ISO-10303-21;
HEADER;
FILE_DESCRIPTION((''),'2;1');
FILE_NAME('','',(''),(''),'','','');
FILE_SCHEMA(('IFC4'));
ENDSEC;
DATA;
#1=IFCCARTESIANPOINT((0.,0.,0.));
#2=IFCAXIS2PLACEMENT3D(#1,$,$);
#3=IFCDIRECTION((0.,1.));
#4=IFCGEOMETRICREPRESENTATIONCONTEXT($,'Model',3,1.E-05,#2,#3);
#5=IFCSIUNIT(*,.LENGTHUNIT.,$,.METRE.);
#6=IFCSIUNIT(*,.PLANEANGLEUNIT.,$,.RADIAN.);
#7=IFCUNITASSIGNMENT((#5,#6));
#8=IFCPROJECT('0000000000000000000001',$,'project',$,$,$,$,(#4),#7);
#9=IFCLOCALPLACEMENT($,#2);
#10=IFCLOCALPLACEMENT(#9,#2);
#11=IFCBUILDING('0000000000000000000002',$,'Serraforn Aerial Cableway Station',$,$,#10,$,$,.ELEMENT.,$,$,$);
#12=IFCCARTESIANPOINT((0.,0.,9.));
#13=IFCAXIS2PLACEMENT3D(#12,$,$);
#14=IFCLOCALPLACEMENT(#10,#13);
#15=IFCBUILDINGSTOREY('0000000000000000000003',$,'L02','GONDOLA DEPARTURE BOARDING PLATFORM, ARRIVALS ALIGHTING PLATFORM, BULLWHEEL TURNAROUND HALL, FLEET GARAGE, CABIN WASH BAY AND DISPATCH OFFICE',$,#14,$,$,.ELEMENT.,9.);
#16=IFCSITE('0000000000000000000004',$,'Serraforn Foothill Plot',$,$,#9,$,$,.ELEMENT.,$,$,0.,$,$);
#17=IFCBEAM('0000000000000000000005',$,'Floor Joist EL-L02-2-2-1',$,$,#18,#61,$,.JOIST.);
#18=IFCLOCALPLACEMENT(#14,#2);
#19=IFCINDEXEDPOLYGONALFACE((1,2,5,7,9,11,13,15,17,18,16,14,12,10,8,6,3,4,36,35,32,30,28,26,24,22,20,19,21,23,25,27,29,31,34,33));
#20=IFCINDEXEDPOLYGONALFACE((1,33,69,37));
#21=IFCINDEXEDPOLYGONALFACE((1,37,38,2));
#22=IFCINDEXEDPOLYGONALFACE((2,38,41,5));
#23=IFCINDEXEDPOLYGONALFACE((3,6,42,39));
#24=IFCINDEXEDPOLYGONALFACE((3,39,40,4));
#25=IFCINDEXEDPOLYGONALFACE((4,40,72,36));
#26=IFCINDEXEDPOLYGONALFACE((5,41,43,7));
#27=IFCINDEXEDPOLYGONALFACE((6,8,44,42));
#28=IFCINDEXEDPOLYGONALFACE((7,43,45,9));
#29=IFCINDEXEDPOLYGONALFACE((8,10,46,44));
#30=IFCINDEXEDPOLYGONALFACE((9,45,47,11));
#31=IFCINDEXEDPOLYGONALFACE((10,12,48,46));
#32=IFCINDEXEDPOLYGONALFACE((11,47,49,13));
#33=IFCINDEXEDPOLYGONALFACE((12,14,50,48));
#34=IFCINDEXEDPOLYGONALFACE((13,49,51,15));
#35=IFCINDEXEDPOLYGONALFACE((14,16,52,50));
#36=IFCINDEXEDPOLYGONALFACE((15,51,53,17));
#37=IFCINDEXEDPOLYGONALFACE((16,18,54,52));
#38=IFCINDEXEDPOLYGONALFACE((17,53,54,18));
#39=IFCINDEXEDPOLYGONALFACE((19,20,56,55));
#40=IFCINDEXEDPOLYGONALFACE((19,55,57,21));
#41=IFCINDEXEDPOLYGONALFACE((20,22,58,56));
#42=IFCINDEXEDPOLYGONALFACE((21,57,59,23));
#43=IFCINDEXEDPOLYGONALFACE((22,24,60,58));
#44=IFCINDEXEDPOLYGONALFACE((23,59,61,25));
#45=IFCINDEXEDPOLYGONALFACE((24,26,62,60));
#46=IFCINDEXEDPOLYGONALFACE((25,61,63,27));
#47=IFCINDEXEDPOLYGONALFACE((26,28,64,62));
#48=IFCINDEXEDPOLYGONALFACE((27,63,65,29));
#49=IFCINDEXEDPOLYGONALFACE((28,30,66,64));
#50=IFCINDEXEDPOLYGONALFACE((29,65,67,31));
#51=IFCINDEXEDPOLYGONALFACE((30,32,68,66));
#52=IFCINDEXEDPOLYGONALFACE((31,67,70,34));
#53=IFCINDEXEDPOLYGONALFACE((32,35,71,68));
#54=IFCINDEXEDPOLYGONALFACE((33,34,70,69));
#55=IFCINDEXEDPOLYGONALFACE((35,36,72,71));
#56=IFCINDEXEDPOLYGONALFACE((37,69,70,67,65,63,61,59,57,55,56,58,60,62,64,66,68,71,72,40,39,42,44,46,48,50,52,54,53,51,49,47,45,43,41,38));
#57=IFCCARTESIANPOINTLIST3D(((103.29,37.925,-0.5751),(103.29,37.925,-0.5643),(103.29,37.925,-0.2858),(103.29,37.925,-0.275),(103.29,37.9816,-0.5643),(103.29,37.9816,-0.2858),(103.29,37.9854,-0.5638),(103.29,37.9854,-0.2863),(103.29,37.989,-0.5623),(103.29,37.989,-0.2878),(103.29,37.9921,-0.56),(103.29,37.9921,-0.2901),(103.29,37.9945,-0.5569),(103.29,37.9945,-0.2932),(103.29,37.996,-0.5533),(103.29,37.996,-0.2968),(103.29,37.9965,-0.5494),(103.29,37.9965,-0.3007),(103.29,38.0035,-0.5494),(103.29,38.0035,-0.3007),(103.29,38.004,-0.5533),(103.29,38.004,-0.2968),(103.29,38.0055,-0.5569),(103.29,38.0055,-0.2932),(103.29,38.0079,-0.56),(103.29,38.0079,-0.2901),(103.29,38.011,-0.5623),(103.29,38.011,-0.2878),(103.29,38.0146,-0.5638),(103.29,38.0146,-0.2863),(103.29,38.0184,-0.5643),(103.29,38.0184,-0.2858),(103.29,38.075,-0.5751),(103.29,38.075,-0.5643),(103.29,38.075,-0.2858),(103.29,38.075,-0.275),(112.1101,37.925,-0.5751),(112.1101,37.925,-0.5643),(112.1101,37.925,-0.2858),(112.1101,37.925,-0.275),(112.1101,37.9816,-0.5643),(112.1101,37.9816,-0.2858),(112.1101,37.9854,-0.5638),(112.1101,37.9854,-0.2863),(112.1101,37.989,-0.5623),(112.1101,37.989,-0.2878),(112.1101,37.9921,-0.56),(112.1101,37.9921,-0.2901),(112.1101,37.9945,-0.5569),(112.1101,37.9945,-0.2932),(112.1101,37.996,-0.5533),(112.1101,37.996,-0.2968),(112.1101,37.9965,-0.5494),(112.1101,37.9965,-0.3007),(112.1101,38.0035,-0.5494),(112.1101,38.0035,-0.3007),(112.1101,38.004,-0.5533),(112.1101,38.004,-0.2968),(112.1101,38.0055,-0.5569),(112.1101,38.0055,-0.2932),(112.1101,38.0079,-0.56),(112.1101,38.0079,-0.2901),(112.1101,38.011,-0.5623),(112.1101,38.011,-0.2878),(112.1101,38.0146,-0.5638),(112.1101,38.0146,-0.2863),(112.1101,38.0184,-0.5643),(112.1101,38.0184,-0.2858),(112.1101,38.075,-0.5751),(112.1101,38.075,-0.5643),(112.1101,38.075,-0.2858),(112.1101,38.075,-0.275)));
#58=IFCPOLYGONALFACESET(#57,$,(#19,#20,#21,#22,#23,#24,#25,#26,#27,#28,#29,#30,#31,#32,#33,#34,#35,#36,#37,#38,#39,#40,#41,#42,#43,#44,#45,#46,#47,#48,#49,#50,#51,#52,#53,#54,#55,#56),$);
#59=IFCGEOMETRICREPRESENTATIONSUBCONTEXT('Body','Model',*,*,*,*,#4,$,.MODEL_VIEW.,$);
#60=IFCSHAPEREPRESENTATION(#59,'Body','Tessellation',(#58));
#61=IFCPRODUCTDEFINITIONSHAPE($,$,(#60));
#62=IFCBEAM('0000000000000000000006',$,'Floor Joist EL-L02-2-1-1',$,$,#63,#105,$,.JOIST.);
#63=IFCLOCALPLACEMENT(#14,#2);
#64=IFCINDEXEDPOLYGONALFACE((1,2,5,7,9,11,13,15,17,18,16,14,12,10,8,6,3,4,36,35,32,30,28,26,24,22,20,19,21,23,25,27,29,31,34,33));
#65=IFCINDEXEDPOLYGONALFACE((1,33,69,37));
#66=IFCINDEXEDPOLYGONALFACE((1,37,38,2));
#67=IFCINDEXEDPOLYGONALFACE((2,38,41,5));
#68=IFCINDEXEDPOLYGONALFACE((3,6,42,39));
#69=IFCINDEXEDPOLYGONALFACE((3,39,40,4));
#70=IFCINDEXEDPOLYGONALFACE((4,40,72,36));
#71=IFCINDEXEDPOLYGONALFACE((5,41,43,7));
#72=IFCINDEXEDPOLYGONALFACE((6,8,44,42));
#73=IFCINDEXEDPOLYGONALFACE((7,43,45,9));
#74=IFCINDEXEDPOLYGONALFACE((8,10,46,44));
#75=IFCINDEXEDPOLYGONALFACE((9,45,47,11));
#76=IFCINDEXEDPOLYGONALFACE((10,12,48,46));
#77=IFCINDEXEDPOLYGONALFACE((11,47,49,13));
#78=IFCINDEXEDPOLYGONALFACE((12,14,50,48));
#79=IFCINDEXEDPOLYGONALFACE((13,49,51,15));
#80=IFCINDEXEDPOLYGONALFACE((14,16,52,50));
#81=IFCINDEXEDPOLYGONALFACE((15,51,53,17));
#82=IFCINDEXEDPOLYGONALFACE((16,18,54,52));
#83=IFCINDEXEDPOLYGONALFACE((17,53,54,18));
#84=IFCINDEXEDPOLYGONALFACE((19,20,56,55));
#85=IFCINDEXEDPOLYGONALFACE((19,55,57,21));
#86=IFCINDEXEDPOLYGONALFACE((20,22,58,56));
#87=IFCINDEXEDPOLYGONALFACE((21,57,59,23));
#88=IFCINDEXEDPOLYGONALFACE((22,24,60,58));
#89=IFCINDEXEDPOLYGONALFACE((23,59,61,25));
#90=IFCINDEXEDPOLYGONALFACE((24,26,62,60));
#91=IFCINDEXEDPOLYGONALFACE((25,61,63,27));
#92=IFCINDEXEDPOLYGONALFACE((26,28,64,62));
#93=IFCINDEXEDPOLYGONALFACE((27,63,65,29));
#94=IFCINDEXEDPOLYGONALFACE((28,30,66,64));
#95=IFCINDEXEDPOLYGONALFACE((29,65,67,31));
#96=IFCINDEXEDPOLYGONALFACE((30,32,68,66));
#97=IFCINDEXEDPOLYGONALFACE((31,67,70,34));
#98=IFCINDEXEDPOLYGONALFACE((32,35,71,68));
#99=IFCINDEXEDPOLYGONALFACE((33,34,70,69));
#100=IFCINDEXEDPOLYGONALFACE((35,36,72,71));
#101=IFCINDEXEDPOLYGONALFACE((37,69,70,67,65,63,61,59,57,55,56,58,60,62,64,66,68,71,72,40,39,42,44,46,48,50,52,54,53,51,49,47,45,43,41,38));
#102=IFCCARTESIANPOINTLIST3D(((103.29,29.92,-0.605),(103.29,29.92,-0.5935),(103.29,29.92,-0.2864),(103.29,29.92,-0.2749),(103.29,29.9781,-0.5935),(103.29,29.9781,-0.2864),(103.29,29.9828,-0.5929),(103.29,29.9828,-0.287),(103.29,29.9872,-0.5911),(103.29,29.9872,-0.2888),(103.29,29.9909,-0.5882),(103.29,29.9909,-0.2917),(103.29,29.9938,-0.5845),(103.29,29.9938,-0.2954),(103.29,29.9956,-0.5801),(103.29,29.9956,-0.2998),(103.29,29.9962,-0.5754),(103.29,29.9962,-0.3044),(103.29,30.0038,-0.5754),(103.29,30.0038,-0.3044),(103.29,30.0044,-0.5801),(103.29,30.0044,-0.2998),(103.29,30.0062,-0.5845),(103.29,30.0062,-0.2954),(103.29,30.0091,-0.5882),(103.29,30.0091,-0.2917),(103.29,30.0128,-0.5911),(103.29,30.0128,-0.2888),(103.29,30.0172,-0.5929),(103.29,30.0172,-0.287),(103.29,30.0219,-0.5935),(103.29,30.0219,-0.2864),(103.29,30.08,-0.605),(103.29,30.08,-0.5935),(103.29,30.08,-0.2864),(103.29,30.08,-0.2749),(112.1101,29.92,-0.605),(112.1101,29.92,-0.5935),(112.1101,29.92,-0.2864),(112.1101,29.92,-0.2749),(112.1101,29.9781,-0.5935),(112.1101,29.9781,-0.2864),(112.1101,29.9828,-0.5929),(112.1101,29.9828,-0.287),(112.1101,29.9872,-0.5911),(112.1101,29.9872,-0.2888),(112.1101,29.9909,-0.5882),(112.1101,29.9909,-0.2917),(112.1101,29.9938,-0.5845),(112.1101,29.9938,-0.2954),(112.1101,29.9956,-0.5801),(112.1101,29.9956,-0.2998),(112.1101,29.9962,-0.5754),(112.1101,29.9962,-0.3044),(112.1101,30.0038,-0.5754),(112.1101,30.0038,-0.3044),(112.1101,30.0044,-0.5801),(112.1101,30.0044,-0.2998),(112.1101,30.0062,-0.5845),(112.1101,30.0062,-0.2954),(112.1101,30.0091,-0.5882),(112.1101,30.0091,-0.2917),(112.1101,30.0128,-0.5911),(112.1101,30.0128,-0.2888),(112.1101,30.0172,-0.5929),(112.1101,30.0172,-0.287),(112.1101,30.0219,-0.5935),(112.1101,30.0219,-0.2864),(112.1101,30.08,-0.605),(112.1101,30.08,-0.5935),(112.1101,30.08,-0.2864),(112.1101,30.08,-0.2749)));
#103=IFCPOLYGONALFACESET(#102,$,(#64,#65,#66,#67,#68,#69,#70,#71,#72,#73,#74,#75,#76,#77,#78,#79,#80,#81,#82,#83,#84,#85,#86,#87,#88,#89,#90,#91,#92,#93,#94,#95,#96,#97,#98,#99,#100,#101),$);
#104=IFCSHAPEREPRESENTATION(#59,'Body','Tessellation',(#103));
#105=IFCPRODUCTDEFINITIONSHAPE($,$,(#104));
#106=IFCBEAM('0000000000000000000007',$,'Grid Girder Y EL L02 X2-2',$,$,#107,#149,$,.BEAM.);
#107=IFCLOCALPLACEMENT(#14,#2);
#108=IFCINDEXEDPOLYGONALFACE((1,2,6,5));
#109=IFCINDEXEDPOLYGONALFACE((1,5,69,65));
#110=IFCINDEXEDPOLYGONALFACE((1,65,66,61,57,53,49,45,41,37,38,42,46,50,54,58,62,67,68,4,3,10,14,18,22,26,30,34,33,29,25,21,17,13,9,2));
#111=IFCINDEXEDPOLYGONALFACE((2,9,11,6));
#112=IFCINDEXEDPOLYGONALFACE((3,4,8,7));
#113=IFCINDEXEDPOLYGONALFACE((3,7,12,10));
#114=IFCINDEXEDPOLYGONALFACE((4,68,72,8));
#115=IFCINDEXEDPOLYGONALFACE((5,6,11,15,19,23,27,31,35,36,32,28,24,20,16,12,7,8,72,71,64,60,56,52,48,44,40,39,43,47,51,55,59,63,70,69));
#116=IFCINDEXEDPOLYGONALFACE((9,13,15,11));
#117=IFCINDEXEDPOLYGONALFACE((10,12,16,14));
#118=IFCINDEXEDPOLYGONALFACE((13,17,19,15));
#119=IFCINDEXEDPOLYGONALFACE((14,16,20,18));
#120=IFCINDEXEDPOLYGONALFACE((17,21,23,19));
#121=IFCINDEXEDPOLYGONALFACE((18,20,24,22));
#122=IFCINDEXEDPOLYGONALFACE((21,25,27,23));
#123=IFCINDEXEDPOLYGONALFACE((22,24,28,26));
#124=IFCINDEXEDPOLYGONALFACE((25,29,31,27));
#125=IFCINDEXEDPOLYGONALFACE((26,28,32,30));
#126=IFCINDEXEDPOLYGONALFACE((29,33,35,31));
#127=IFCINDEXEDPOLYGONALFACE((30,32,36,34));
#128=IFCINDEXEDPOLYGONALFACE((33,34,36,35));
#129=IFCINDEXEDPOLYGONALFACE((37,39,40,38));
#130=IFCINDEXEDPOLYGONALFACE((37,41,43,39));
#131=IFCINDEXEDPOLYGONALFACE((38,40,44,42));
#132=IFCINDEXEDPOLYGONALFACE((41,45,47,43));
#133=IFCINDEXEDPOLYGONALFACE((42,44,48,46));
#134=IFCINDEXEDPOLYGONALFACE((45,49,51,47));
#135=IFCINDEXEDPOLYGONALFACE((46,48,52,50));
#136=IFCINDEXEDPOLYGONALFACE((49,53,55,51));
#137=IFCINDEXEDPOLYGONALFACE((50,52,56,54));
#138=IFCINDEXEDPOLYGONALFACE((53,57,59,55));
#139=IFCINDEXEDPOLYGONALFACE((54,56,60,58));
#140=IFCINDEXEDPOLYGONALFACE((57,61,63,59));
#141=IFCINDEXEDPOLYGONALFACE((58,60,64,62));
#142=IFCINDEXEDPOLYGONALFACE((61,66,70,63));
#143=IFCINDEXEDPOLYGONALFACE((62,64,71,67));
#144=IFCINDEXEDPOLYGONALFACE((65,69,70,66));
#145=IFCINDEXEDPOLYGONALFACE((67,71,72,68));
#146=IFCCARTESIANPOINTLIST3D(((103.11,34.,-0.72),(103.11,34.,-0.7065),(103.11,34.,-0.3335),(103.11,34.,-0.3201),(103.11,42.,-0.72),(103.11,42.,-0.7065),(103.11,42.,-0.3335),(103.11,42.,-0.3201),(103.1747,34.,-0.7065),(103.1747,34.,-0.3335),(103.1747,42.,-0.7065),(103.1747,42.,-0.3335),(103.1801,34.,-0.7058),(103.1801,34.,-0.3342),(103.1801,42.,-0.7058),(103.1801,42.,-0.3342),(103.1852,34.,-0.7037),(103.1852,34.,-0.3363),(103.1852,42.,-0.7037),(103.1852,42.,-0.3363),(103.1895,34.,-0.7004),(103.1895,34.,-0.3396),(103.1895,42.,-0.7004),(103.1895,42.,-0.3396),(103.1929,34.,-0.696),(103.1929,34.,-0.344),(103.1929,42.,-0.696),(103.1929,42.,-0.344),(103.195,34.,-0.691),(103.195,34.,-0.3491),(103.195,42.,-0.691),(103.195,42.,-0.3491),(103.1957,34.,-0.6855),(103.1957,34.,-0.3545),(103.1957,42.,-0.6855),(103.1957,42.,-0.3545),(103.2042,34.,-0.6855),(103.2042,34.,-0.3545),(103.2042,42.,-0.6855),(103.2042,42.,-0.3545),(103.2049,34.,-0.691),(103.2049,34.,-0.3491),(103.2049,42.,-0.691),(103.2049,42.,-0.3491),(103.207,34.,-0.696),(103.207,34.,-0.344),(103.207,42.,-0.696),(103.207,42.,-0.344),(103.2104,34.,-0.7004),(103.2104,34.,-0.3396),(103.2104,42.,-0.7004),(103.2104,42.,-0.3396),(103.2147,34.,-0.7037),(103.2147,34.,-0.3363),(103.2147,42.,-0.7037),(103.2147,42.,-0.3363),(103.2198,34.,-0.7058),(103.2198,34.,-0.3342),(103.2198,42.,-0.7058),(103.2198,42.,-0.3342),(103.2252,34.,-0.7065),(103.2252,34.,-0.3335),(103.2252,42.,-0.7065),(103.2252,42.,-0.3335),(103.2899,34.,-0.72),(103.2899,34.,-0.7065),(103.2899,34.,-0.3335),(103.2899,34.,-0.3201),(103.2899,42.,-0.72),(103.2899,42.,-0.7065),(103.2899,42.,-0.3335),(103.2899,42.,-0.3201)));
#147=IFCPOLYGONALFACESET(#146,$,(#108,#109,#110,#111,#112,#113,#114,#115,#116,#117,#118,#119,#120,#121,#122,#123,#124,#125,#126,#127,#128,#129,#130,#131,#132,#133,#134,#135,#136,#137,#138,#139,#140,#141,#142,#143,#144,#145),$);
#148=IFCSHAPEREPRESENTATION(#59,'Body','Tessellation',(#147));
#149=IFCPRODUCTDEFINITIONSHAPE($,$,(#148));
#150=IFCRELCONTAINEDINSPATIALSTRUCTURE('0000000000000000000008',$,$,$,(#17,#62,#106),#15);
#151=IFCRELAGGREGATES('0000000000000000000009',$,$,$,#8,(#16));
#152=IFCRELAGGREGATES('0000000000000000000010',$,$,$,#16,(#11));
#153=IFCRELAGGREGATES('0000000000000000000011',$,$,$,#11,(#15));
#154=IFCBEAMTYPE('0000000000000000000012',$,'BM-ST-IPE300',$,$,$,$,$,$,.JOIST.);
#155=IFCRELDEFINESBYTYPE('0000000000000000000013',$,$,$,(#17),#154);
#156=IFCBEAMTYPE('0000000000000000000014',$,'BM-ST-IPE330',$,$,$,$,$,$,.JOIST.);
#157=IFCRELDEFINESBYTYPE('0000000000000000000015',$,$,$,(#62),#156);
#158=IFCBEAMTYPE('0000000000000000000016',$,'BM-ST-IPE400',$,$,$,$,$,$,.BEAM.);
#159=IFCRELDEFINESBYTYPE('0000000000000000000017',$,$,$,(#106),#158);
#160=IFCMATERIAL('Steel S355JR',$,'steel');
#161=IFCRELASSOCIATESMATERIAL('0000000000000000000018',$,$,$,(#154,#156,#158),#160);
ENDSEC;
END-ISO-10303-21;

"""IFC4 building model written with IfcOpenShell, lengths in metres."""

from ifc_helpers import new_model, si_unit, direction, frame, origin, origin_2d, place, context, subcontext, project, spatial, i_section, extrude, material, material_profile, profile_set, type_object, element, save


model = new_model("IFC4")

# Units and contexts
model_context = context("Model", 3, precision=1e-05, world=origin(), true_north=direction((0.0, 1.0)))
body_context = subcontext(model_context, "Body", "Model", "MODEL_VIEW")
ifc_project = project(units=[si_unit("LENGTHUNIT", "METRE"), si_unit("PLANEANGLEUNIT", "RADIAN")], contexts=[model_context])

# Site, building, storey
site_placement = place(None, origin())
site = spatial("IfcSite", under=ifc_project, at=site_placement, Name="Serraforn Foothill Plot", CompositionType="ELEMENT", RefElevation=0.0)
building_placement = place(site_placement, origin())
building = spatial("IfcBuilding", under=site, at=building_placement, Name="Serraforn Aerial Cableway Station", CompositionType="ELEMENT")
storey_placement = place(building_placement, frame((0.0, 0.0, 9.0)))
storey = spatial("IfcBuildingStorey", under=building, at=storey_placement, Name="L02", Description="GONDOLA DEPARTURE BOARDING PLATFORM, ARRIVALS ALIGHTING PLATFORM, BULLWHEEL TURNAROUND HALL, FLEET GARAGE, CABIN WASH BAY AND DISPATCH OFFICE", CompositionType="ELEMENT", Elevation=9.0)

# Beams
ifc_material_1 = material(Name="Steel S355JR", Category="steel")
ifc_material_profile_1 = material_profile(ifc_material_1, i_section(OverallWidth=0.1499, OverallDepth=0.3, WebThickness=0.0071, FlangeThickness=0.0107, FilletRadius=0.0149, at=origin_2d()), Name="IPE 300")
ifc_profile_set_1 = profile_set([ifc_material_profile_1], Name="Steel S355JR")
beam_type_1 = type_object("IfcBeamType", Name="BM-ST-IPE300", PredefinedType="JOIST", material=ifc_profile_set_1)
beam_1_placement = place(storey_placement, frame((103.29, 38.0, -0.425), z_axis=(1.0, 0.0, 0.0), x_axis=(0.0, 1.0, 0.0)))
element("IfcBeam", 1, at=beam_1_placement, inside=storey, type_object=beam_type_1, Name="Floor Joist EL-L02-2-2-1", PredefinedType="JOIST", context=body_context, shape_type="SweptSolid", body=[
    extrude(i_section(OverallWidth=0.1499, OverallDepth=0.3, WebThickness=0.0071, FlangeThickness=0.0107, FilletRadius=0.0149, at=origin_2d()), origin(), (0.0, 0.0, 1.0), 8.8201),
])
ifc_material_profile_2 = material_profile(ifc_material_1, i_section(OverallWidth=0.1599, OverallDepth=0.3301, WebThickness=0.0076, FlangeThickness=0.0115, FilletRadius=0.0181, at=origin_2d()), Name="IPE 330")
ifc_profile_set_2 = profile_set([ifc_material_profile_2], Name="Steel S355JR")
beam_type_2 = type_object("IfcBeamType", Name="BM-ST-IPE330", PredefinedType="JOIST", material=ifc_profile_set_2)
beam_2_placement = place(storey_placement, frame((103.29, 30.0, -0.4399), z_axis=(1.0, 0.0, 0.0), x_axis=(0.0, 1.0, 0.0)))
element("IfcBeam", 2, at=beam_2_placement, inside=storey, type_object=beam_type_2, Name="Floor Joist EL-L02-2-1-1", PredefinedType="JOIST", context=body_context, shape_type="SweptSolid", body=[
    extrude(i_section(OverallWidth=0.1599, OverallDepth=0.3301, WebThickness=0.0076, FlangeThickness=0.0115, FilletRadius=0.0181, at=origin_2d()), origin(), (0.0, 0.0, 1.0), 8.8201),
])
ifc_material_profile_3 = material_profile(ifc_material_1, i_section(OverallWidth=0.1799, OverallDepth=0.3999, WebThickness=0.0085, FlangeThickness=0.0134, FilletRadius=0.021, at=origin_2d()), Name="IPE 400")
ifc_profile_set_3 = profile_set([ifc_material_profile_3], Name="Steel S355JR")
beam_type_3 = type_object("IfcBeamType", Name="BM-ST-IPE400", PredefinedType="BEAM", material=ifc_profile_set_3)
beam_3_placement = place(storey_placement, frame((103.2, 34.0, -0.52), z_axis=(0.0, 1.0, 0.0), x_axis=(-1.0, 0.0, 0.0)))
element("IfcBeam", 3, at=beam_3_placement, inside=storey, type_object=beam_type_3, Name="Grid Girder Y EL L02 X2-2", PredefinedType="BEAM", context=body_context, shape_type="SweptSolid", body=[
    extrude(i_section(OverallWidth=0.1799, OverallDepth=0.3999, WebThickness=0.0085, FlangeThickness=0.0134, FilletRadius=0.021, at=origin_2d()), origin(), (0.0, 0.0, 1.0), 8.0),
])

save(model, "model.ifc")
